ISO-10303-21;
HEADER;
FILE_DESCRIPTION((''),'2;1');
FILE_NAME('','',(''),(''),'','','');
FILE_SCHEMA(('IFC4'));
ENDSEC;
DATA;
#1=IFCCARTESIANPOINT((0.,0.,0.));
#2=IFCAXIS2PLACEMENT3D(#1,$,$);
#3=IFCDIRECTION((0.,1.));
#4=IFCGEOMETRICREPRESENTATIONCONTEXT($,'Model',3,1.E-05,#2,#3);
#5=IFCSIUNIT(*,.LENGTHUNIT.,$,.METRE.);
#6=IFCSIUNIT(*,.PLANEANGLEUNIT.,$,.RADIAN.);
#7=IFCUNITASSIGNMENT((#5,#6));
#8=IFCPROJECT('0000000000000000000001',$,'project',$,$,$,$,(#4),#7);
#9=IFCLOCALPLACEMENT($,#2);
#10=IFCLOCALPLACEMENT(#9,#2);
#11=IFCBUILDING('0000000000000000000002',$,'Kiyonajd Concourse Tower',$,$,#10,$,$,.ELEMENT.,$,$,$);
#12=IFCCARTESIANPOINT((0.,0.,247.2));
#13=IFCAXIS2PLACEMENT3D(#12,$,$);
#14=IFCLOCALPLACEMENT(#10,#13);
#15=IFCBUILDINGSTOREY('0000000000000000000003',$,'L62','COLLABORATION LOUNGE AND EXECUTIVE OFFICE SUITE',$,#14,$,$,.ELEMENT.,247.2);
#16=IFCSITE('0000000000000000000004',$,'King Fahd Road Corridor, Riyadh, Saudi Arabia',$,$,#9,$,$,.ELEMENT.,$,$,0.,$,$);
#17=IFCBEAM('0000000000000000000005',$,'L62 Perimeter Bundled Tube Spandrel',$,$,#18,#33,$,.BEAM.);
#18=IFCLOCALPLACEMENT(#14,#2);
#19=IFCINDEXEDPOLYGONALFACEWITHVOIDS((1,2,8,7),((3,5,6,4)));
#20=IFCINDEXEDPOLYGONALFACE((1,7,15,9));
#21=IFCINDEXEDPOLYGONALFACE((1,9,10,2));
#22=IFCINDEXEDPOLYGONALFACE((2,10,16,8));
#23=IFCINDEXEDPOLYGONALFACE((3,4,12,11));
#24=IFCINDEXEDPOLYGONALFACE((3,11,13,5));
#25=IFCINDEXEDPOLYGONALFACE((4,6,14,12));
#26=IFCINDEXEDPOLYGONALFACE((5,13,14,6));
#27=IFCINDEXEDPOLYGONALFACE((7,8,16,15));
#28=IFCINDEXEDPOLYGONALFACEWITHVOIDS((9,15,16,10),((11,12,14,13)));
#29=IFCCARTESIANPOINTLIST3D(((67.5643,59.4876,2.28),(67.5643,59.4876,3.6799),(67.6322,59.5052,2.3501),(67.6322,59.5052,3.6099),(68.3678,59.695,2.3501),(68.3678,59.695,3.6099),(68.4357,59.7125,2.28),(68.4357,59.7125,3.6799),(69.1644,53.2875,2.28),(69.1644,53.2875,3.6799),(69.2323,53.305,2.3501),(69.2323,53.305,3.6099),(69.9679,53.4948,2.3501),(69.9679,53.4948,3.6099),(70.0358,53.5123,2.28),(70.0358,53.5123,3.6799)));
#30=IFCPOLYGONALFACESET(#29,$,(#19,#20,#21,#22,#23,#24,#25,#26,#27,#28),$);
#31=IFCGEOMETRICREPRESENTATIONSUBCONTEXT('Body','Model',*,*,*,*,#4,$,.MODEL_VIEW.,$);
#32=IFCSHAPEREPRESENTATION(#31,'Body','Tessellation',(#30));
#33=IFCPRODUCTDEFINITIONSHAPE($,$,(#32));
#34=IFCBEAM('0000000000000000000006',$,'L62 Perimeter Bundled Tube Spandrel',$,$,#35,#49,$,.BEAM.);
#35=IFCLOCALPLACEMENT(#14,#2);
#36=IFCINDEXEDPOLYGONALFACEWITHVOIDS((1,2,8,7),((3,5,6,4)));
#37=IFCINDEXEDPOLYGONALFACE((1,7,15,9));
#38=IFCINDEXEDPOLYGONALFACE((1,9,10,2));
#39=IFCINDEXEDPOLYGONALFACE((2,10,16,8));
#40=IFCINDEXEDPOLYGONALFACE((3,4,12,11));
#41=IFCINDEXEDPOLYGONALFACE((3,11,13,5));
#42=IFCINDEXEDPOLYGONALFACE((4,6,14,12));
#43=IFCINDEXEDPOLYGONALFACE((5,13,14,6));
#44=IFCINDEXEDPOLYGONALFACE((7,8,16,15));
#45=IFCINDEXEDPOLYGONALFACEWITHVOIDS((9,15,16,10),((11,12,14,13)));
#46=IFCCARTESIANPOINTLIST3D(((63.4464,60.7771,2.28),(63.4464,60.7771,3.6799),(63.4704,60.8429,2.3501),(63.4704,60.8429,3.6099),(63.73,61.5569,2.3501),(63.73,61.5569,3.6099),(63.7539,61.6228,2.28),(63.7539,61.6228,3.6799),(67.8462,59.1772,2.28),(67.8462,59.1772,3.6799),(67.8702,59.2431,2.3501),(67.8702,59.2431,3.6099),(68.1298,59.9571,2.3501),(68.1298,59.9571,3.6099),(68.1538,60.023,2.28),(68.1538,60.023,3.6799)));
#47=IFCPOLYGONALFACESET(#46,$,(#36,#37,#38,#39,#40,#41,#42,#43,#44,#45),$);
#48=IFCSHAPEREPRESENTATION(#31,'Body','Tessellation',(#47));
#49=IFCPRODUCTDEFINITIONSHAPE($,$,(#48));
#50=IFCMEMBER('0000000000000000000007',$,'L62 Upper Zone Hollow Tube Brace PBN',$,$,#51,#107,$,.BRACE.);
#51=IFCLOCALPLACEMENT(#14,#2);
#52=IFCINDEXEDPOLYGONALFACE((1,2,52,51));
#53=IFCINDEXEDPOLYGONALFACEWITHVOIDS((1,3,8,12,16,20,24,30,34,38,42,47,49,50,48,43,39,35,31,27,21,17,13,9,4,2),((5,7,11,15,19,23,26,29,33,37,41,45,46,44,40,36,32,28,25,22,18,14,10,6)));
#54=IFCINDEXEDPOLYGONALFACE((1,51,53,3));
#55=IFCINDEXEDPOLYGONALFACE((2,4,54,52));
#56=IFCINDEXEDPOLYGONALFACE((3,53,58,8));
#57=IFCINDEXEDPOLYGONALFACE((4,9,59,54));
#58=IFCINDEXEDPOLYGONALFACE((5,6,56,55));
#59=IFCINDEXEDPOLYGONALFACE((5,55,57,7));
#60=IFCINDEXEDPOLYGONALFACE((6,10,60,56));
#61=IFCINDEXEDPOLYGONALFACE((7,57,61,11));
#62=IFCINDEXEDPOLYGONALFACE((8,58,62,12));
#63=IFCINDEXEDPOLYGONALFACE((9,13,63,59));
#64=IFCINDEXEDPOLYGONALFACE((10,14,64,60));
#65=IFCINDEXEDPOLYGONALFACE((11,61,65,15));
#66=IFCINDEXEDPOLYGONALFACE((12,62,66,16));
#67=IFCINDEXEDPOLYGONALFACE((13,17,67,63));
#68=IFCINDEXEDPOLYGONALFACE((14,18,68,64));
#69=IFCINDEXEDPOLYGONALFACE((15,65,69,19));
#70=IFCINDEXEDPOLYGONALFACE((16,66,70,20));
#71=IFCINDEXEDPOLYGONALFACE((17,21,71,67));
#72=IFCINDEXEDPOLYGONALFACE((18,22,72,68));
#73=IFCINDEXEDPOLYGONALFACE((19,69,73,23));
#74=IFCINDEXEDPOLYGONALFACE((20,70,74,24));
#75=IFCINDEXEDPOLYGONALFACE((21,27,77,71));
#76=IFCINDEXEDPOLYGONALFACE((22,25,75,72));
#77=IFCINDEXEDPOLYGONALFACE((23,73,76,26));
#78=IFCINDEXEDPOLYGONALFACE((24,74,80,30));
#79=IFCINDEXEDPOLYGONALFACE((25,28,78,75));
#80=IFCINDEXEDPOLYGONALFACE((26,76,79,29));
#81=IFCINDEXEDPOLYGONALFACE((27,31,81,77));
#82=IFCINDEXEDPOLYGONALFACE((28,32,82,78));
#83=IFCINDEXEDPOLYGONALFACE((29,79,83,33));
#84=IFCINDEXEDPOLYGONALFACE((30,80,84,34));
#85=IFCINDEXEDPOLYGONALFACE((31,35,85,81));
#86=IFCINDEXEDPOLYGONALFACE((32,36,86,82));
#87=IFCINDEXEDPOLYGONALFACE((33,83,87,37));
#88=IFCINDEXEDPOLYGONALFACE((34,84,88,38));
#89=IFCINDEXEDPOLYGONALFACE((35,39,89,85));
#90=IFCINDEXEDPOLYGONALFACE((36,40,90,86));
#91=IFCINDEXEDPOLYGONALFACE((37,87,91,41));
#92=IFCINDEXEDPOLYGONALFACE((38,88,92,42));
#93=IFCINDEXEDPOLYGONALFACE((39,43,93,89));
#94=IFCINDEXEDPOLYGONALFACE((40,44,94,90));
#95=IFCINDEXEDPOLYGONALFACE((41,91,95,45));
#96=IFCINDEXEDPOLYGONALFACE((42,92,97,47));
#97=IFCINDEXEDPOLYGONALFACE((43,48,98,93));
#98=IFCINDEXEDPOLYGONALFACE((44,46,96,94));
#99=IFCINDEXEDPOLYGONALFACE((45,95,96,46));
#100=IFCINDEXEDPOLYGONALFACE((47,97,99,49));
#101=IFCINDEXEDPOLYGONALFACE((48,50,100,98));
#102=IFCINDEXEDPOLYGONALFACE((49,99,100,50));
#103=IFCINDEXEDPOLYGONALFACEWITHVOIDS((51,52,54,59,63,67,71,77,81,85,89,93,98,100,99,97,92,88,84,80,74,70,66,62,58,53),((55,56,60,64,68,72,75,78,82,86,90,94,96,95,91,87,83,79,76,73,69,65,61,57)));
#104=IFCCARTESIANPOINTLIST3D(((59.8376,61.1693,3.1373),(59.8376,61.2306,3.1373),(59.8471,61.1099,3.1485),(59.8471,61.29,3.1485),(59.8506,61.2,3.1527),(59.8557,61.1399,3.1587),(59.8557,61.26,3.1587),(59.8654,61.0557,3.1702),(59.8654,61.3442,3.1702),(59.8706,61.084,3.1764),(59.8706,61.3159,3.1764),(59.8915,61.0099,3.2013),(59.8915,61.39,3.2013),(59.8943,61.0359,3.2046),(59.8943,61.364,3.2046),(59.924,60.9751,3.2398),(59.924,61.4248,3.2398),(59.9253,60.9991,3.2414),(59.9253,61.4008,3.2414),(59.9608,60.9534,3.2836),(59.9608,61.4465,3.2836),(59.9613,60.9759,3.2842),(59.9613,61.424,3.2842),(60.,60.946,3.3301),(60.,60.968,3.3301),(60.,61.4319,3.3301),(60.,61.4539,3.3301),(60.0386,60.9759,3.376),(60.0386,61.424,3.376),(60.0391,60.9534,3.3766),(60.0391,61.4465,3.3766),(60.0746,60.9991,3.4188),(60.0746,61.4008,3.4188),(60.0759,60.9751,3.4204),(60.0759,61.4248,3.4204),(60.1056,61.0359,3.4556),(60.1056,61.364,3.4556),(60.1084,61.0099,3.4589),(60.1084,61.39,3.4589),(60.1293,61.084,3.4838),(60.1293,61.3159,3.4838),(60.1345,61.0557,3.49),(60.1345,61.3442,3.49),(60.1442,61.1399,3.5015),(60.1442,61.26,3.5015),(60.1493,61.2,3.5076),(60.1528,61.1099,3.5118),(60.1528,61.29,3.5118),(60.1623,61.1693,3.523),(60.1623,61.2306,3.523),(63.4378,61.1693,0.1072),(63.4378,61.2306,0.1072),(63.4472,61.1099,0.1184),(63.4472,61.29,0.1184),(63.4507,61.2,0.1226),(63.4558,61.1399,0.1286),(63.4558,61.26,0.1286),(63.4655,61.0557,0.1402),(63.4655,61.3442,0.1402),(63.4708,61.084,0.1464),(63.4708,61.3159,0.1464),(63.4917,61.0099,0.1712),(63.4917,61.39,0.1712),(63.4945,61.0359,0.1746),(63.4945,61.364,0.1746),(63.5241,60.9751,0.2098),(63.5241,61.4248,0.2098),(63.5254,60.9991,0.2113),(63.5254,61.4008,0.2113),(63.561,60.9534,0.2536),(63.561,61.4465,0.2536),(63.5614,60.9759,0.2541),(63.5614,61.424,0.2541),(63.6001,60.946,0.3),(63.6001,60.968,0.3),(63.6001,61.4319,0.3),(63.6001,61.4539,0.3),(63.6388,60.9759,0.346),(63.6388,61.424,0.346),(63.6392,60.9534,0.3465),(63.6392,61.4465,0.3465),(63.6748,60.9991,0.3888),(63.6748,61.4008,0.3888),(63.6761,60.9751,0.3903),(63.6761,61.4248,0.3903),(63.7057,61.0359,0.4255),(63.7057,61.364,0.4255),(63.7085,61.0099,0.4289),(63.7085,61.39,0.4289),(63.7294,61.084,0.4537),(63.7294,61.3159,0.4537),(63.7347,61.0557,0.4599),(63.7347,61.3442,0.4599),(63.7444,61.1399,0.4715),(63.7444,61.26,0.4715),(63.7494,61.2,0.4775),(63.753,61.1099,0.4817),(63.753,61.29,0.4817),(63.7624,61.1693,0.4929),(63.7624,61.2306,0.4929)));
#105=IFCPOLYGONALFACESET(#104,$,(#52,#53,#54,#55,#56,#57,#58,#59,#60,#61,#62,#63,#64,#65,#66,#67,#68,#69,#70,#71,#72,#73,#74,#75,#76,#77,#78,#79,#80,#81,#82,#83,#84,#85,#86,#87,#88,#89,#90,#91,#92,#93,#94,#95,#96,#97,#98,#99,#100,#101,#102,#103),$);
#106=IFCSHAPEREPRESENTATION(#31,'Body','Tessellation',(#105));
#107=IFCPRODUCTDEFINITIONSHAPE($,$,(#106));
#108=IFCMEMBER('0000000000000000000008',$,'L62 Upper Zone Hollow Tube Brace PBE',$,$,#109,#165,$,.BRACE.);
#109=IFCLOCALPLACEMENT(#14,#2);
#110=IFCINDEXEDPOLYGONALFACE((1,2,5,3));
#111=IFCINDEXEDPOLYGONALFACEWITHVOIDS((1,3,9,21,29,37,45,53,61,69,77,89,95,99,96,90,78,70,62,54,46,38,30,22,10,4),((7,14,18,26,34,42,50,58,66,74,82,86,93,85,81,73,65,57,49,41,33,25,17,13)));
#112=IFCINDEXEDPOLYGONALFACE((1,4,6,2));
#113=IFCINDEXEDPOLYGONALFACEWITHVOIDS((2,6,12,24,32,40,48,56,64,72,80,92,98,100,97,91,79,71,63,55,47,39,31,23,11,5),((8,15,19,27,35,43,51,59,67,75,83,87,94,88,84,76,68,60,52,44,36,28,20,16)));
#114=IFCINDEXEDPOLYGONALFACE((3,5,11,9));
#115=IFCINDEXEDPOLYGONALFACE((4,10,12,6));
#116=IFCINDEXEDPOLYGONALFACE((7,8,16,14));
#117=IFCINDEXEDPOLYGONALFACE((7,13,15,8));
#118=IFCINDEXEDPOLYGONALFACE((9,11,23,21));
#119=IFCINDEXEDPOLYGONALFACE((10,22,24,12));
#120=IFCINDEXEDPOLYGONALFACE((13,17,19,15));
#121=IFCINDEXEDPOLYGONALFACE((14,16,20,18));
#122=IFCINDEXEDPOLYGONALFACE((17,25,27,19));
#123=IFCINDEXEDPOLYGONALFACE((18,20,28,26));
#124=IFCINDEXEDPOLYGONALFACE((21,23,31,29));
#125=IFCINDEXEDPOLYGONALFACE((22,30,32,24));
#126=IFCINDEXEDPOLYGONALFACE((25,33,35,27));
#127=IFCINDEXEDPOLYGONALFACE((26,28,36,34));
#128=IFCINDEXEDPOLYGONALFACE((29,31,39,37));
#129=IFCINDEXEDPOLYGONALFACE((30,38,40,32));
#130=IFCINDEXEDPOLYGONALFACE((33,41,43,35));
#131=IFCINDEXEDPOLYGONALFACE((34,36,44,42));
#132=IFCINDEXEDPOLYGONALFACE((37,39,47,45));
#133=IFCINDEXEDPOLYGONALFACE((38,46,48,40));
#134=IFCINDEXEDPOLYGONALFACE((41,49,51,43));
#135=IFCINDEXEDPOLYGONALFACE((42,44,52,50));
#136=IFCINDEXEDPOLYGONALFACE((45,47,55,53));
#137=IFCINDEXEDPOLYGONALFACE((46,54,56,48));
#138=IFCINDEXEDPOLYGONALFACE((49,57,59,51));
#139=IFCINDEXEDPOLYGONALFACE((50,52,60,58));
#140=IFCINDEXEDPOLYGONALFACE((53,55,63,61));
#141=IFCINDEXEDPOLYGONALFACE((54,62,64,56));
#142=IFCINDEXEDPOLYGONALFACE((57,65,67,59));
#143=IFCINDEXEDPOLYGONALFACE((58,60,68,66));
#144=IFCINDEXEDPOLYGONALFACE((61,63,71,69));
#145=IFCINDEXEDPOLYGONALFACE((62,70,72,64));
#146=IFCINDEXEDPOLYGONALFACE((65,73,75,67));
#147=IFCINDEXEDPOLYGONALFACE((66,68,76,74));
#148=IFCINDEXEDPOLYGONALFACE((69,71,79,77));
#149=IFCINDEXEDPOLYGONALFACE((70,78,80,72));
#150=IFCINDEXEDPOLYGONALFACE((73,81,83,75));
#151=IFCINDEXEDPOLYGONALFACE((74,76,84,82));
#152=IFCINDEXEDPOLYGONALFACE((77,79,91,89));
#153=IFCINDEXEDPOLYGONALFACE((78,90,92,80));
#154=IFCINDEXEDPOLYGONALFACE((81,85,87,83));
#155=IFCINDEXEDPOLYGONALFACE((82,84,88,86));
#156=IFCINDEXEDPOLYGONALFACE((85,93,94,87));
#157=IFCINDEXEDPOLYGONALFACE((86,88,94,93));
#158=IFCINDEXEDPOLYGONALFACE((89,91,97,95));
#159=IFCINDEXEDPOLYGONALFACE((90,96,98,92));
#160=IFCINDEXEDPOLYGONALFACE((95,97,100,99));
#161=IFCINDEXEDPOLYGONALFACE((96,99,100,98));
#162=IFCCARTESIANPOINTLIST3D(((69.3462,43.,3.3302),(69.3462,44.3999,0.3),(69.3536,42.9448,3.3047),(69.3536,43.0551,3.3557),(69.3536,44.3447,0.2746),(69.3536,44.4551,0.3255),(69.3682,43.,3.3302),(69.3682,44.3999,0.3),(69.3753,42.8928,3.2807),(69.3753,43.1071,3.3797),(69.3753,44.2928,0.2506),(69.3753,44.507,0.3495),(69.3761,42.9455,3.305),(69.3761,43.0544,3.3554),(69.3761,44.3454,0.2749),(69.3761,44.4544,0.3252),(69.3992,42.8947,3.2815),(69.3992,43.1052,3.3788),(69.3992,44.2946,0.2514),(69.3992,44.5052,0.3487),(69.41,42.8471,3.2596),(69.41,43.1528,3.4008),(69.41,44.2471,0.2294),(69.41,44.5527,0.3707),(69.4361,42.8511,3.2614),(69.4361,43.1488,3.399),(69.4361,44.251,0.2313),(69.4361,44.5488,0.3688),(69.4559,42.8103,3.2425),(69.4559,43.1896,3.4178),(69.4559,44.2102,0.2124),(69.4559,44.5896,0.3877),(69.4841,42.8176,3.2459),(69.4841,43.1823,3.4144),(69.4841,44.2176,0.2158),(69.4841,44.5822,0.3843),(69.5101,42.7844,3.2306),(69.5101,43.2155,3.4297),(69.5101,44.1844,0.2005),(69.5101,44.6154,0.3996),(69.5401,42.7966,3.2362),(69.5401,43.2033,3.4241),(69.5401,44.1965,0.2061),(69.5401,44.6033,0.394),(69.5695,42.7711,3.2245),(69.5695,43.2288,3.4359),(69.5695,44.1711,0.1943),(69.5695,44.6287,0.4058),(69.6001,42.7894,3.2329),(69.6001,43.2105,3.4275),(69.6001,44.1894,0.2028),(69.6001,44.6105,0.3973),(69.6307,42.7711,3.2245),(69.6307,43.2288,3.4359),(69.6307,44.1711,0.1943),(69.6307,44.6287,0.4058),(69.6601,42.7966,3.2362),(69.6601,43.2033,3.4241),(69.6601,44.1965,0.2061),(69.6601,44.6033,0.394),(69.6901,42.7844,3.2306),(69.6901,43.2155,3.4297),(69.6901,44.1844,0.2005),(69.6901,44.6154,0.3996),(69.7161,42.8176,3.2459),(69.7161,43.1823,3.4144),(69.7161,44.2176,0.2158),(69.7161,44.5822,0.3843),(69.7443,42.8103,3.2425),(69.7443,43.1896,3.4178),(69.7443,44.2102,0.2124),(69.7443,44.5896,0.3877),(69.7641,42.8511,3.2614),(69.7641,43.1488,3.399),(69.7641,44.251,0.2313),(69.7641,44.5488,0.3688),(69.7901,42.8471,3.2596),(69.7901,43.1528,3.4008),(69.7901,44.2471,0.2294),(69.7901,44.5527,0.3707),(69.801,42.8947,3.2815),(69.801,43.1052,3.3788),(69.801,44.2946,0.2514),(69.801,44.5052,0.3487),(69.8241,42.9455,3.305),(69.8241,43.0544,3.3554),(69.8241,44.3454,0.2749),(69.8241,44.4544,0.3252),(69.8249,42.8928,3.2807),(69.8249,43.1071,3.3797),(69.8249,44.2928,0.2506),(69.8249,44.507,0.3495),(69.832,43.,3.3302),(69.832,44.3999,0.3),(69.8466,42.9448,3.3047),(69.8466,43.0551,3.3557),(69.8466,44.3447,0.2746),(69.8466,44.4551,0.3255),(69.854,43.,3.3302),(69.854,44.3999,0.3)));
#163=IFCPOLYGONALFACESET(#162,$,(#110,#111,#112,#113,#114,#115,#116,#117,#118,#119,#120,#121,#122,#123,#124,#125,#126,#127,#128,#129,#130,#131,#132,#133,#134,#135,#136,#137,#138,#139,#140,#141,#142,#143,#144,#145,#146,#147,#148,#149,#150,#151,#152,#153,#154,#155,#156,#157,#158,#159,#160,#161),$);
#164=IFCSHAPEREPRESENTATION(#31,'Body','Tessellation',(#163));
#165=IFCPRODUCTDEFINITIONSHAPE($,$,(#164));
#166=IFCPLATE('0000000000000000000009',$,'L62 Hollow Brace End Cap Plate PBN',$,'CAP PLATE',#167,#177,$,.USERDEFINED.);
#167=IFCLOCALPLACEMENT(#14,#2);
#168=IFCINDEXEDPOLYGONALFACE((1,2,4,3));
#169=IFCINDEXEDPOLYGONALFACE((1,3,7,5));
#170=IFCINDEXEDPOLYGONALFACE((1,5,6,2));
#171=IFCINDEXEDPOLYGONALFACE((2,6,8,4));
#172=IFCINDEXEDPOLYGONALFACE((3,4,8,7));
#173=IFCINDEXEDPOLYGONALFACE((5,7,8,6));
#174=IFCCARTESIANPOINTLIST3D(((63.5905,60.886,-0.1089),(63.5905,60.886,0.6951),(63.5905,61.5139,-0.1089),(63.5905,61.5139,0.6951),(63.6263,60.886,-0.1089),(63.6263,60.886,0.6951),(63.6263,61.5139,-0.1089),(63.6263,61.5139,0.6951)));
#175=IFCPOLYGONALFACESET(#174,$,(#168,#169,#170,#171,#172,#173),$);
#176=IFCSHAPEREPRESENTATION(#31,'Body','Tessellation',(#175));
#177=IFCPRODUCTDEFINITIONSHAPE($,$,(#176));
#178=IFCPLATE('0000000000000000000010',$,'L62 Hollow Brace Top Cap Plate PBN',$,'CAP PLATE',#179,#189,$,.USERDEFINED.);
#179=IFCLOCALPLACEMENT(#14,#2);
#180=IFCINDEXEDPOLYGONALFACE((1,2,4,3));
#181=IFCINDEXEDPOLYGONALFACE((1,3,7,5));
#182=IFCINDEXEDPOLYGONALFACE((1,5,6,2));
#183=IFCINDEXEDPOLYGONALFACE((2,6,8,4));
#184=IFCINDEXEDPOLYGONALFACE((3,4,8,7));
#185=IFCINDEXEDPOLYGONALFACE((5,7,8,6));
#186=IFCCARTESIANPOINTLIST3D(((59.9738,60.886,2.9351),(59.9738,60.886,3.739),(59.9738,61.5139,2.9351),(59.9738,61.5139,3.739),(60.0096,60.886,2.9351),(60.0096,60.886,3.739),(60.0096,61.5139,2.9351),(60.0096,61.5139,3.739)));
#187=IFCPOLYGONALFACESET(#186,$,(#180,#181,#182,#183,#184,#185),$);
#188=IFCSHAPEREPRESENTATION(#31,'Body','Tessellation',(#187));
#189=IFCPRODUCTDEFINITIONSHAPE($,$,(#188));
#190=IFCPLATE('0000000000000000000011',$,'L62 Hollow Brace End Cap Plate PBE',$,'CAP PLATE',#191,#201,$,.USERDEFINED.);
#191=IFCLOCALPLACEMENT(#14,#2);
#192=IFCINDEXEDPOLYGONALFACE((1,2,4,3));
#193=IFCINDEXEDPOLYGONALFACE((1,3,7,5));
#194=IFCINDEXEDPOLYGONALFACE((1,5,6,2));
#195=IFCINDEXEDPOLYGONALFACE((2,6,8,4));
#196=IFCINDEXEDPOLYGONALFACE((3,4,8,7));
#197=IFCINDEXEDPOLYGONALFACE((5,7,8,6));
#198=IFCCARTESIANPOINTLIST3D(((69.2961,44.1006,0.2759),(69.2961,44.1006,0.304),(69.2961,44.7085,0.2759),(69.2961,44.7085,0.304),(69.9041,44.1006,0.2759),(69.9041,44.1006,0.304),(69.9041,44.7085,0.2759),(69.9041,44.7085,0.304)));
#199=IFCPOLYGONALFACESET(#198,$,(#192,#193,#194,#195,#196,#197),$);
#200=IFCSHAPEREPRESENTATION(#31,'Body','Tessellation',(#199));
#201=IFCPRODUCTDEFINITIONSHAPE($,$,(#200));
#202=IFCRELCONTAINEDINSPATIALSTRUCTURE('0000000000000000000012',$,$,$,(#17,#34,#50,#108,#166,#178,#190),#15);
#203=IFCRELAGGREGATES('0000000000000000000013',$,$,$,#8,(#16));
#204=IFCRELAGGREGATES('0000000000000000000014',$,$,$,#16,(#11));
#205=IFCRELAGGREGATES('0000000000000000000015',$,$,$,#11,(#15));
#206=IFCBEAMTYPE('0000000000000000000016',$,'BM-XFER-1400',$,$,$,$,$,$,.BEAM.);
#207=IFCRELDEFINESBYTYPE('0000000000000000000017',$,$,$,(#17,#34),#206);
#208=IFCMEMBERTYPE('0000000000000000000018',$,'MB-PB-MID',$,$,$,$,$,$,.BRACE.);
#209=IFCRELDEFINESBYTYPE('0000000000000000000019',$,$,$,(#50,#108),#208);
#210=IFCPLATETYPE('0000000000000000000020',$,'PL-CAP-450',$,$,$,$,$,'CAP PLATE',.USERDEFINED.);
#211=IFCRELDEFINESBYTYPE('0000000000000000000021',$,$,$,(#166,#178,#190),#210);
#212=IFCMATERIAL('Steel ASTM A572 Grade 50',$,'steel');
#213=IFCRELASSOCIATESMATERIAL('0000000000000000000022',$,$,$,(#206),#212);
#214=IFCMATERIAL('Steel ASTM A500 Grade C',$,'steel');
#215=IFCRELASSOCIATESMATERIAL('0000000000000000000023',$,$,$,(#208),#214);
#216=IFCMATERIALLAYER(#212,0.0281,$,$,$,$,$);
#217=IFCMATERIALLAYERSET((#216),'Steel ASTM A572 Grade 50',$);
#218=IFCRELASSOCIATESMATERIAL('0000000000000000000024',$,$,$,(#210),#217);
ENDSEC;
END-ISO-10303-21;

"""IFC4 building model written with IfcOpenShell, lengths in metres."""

from ifc_helpers import new_model, si_unit, direction, frame, origin, origin_2d, place, context, subcontext, project, spatial, rectangle, hollow_rectangle, hollow_circle, extrude, material, layer, layer_set, material_profile, profile_set, type_object, element, save


model = new_model("IFC4")

# Units and contexts
model_context = context("Model", 3, precision=1e-05, world=origin(), true_north=direction((0.0, 1.0)))
body_context = subcontext(model_context, "Body", "Model", "MODEL_VIEW")
ifc_project = project(units=[si_unit("LENGTHUNIT", "METRE"), si_unit("PLANEANGLEUNIT", "RADIAN")], contexts=[model_context])

# Site, building, storey
site_placement = place(None, origin())
site = spatial("IfcSite", under=ifc_project, at=site_placement, Name="King Fahd Road Corridor, Riyadh, Saudi Arabia", CompositionType="ELEMENT", RefElevation=0.0)
building_placement = place(site_placement, origin())
building = spatial("IfcBuilding", under=site, at=building_placement, Name="Kiyonajd Concourse Tower", CompositionType="ELEMENT")
storey_placement = place(building_placement, frame((0.0, 0.0, 247.2)))
storey = spatial("IfcBuildingStorey", under=building, at=storey_placement, Name="L62", Description="COLLABORATION LOUNGE AND EXECUTIVE OFFICE SUITE", CompositionType="ELEMENT", Elevation=247.2)

# Beams
ifc_material_1 = material(Name="Steel ASTM A572 Grade 50", Category="steel")
ifc_material_profile_1 = material_profile(ifc_material_1, hollow_rectangle(XDim=0.8999, YDim=1.3999, WallThickness=0.0701, at=origin_2d()), Name="BOX-1400x900x70")
ifc_profile_set_1 = profile_set([ifc_material_profile_1], Name="Steel ASTM A572 Grade 50")
beam_type_1 = type_object("IfcBeamType", Name="BM-XFER-1400", PredefinedType="BEAM", material=ifc_profile_set_1)
beam_1_placement = place(storey_placement, frame((69.6001, 53.3999, 2.98), z_axis=(-0.249885, 0.968276, 0.0), x_axis=(-0.968276, -0.249885, 0.0)))
element("IfcBeam", 1, at=beam_1_placement, inside=storey, type_object=beam_type_1, Name="L62 Perimeter Bundled Tube Spandrel", PredefinedType="BEAM", context=body_context, shape_type="SweptSolid", body=[
    extrude(hollow_rectangle(XDim=0.8999, YDim=1.3999, WallThickness=0.0701, at=origin_2d()), origin(), (0.0, 0.0, 1.0), 6.4033),
])
beam_2_placement = place(storey_placement, frame((68.0, 59.6001, 2.98), z_axis=(-0.939801, 0.341722, 0.0), x_axis=(-0.341722, -0.939801, 0.0)))
element("IfcBeam", 2, at=beam_2_placement, inside=storey, type_object=beam_type_1, Name="L62 Perimeter Bundled Tube Spandrel", PredefinedType="BEAM", context=body_context, shape_type="SweptSolid", body=[
    extrude(hollow_rectangle(XDim=0.8999, YDim=1.3999, WallThickness=0.0701, at=origin_2d()), origin(), (0.0, 0.0, 1.0), 4.6816),
])

# Members
ifc_material_2 = material(Name="Steel ASTM A500 Grade C", Category="steel")
ifc_material_profile_2 = material_profile(ifc_material_2, hollow_circle(Radius=0.2539, WallThickness=0.022, at=origin_2d()), Name="CHS-508x22")
ifc_profile_set_2 = profile_set([ifc_material_profile_2], Name="Steel ASTM A500 Grade C")
member_type = type_object("IfcMemberType", Name="MB-PB-MID", PredefinedType="BRACE", material=ifc_profile_set_2)
member_1_placement = place(storey_placement, frame((63.6001, 61.2, 0.3), z_axis=(-0.765082, 0.0, 0.643933), x_axis=(0.0, -1.0, 0.0)))
element("IfcMember", 3, at=member_1_placement, inside=storey, type_object=member_type, Name="L62 Upper Zone Hollow Tube Brace PBN", PredefinedType="BRACE", context=body_context, shape_type="SweptSolid", body=[
    extrude(hollow_circle(Radius=0.2539, WallThickness=0.022, at=origin_2d()), origin(), (0.0, 0.0, 1.0), 4.7056),
])
member_2_placement = place(storey_placement, frame((69.6001, 44.3999, 0.3), z_axis=(0.0, -0.419411, 0.907797), x_axis=(1.0, 0.0, 0.0)))
element("IfcMember", 4, at=member_2_placement, inside=storey, type_object=member_type, Name="L62 Upper Zone Hollow Tube Brace PBE", PredefinedType="BRACE", context=body_context, shape_type="SweptSolid", body=[
    extrude(hollow_circle(Radius=0.2539, WallThickness=0.022, at=origin_2d()), origin(), (0.0, 0.0, 1.0), 3.3379),
])

# Plates
ifc_layer_1 = layer(ifc_material_1, 0.0281)
ifc_layer_set_1 = layer_set([ifc_layer_1], Name="Steel ASTM A572 Grade 50")
plate_type_1 = type_object("IfcPlateType", Name="PL-CAP-450", ElementType="CAP PLATE", PredefinedType="USERDEFINED", material=ifc_layer_set_1)
for number, where, z_axis, x_axis, name in (
    (5, (63.6084, 61.2, -0.1089), (0.0, 0.0, 1.0), (1.0, 0.0, 0.0), "L62 Hollow Brace End Cap Plate PBN"),
    (6, (59.9917, 61.2, 2.9351), (0.0, 0.0, 1.0), (-1.0, 0.0, 0.0), "L62 Hollow Brace Top Cap Plate PBN"),
):
    element("IfcPlate", number, at=place(storey_placement, frame(where, z_axis=z_axis, x_axis=x_axis)), inside=storey, type_object=plate_type_1, Name=name, ObjectType="CAP PLATE", PredefinedType="USERDEFINED", context=body_context, shape_type="SweptSolid", body=[
        extrude(rectangle(XDim=0.0359, YDim=0.6279, at=origin_2d()), origin(), (0.0, 0.0, 1.0), 0.804),
    ])
plate_placement = place(storey_placement, frame((69.6001, 44.4045, 0.2759), z_axis=(0.0, 0.0, 1.0), x_axis=(1.0, 0.0, 0.0)))
element("IfcPlate", 7, at=plate_placement, inside=storey, type_object=plate_type_1, Name="L62 Hollow Brace End Cap Plate PBE", ObjectType="CAP PLATE", PredefinedType="USERDEFINED", context=body_context, shape_type="SweptSolid", body=[
    extrude(rectangle(XDim=0.6079, YDim=0.6079, at=origin_2d()), origin(), (0.0, 0.0, 1.0), 0.0281),
])

save(model, "model.ifc")
